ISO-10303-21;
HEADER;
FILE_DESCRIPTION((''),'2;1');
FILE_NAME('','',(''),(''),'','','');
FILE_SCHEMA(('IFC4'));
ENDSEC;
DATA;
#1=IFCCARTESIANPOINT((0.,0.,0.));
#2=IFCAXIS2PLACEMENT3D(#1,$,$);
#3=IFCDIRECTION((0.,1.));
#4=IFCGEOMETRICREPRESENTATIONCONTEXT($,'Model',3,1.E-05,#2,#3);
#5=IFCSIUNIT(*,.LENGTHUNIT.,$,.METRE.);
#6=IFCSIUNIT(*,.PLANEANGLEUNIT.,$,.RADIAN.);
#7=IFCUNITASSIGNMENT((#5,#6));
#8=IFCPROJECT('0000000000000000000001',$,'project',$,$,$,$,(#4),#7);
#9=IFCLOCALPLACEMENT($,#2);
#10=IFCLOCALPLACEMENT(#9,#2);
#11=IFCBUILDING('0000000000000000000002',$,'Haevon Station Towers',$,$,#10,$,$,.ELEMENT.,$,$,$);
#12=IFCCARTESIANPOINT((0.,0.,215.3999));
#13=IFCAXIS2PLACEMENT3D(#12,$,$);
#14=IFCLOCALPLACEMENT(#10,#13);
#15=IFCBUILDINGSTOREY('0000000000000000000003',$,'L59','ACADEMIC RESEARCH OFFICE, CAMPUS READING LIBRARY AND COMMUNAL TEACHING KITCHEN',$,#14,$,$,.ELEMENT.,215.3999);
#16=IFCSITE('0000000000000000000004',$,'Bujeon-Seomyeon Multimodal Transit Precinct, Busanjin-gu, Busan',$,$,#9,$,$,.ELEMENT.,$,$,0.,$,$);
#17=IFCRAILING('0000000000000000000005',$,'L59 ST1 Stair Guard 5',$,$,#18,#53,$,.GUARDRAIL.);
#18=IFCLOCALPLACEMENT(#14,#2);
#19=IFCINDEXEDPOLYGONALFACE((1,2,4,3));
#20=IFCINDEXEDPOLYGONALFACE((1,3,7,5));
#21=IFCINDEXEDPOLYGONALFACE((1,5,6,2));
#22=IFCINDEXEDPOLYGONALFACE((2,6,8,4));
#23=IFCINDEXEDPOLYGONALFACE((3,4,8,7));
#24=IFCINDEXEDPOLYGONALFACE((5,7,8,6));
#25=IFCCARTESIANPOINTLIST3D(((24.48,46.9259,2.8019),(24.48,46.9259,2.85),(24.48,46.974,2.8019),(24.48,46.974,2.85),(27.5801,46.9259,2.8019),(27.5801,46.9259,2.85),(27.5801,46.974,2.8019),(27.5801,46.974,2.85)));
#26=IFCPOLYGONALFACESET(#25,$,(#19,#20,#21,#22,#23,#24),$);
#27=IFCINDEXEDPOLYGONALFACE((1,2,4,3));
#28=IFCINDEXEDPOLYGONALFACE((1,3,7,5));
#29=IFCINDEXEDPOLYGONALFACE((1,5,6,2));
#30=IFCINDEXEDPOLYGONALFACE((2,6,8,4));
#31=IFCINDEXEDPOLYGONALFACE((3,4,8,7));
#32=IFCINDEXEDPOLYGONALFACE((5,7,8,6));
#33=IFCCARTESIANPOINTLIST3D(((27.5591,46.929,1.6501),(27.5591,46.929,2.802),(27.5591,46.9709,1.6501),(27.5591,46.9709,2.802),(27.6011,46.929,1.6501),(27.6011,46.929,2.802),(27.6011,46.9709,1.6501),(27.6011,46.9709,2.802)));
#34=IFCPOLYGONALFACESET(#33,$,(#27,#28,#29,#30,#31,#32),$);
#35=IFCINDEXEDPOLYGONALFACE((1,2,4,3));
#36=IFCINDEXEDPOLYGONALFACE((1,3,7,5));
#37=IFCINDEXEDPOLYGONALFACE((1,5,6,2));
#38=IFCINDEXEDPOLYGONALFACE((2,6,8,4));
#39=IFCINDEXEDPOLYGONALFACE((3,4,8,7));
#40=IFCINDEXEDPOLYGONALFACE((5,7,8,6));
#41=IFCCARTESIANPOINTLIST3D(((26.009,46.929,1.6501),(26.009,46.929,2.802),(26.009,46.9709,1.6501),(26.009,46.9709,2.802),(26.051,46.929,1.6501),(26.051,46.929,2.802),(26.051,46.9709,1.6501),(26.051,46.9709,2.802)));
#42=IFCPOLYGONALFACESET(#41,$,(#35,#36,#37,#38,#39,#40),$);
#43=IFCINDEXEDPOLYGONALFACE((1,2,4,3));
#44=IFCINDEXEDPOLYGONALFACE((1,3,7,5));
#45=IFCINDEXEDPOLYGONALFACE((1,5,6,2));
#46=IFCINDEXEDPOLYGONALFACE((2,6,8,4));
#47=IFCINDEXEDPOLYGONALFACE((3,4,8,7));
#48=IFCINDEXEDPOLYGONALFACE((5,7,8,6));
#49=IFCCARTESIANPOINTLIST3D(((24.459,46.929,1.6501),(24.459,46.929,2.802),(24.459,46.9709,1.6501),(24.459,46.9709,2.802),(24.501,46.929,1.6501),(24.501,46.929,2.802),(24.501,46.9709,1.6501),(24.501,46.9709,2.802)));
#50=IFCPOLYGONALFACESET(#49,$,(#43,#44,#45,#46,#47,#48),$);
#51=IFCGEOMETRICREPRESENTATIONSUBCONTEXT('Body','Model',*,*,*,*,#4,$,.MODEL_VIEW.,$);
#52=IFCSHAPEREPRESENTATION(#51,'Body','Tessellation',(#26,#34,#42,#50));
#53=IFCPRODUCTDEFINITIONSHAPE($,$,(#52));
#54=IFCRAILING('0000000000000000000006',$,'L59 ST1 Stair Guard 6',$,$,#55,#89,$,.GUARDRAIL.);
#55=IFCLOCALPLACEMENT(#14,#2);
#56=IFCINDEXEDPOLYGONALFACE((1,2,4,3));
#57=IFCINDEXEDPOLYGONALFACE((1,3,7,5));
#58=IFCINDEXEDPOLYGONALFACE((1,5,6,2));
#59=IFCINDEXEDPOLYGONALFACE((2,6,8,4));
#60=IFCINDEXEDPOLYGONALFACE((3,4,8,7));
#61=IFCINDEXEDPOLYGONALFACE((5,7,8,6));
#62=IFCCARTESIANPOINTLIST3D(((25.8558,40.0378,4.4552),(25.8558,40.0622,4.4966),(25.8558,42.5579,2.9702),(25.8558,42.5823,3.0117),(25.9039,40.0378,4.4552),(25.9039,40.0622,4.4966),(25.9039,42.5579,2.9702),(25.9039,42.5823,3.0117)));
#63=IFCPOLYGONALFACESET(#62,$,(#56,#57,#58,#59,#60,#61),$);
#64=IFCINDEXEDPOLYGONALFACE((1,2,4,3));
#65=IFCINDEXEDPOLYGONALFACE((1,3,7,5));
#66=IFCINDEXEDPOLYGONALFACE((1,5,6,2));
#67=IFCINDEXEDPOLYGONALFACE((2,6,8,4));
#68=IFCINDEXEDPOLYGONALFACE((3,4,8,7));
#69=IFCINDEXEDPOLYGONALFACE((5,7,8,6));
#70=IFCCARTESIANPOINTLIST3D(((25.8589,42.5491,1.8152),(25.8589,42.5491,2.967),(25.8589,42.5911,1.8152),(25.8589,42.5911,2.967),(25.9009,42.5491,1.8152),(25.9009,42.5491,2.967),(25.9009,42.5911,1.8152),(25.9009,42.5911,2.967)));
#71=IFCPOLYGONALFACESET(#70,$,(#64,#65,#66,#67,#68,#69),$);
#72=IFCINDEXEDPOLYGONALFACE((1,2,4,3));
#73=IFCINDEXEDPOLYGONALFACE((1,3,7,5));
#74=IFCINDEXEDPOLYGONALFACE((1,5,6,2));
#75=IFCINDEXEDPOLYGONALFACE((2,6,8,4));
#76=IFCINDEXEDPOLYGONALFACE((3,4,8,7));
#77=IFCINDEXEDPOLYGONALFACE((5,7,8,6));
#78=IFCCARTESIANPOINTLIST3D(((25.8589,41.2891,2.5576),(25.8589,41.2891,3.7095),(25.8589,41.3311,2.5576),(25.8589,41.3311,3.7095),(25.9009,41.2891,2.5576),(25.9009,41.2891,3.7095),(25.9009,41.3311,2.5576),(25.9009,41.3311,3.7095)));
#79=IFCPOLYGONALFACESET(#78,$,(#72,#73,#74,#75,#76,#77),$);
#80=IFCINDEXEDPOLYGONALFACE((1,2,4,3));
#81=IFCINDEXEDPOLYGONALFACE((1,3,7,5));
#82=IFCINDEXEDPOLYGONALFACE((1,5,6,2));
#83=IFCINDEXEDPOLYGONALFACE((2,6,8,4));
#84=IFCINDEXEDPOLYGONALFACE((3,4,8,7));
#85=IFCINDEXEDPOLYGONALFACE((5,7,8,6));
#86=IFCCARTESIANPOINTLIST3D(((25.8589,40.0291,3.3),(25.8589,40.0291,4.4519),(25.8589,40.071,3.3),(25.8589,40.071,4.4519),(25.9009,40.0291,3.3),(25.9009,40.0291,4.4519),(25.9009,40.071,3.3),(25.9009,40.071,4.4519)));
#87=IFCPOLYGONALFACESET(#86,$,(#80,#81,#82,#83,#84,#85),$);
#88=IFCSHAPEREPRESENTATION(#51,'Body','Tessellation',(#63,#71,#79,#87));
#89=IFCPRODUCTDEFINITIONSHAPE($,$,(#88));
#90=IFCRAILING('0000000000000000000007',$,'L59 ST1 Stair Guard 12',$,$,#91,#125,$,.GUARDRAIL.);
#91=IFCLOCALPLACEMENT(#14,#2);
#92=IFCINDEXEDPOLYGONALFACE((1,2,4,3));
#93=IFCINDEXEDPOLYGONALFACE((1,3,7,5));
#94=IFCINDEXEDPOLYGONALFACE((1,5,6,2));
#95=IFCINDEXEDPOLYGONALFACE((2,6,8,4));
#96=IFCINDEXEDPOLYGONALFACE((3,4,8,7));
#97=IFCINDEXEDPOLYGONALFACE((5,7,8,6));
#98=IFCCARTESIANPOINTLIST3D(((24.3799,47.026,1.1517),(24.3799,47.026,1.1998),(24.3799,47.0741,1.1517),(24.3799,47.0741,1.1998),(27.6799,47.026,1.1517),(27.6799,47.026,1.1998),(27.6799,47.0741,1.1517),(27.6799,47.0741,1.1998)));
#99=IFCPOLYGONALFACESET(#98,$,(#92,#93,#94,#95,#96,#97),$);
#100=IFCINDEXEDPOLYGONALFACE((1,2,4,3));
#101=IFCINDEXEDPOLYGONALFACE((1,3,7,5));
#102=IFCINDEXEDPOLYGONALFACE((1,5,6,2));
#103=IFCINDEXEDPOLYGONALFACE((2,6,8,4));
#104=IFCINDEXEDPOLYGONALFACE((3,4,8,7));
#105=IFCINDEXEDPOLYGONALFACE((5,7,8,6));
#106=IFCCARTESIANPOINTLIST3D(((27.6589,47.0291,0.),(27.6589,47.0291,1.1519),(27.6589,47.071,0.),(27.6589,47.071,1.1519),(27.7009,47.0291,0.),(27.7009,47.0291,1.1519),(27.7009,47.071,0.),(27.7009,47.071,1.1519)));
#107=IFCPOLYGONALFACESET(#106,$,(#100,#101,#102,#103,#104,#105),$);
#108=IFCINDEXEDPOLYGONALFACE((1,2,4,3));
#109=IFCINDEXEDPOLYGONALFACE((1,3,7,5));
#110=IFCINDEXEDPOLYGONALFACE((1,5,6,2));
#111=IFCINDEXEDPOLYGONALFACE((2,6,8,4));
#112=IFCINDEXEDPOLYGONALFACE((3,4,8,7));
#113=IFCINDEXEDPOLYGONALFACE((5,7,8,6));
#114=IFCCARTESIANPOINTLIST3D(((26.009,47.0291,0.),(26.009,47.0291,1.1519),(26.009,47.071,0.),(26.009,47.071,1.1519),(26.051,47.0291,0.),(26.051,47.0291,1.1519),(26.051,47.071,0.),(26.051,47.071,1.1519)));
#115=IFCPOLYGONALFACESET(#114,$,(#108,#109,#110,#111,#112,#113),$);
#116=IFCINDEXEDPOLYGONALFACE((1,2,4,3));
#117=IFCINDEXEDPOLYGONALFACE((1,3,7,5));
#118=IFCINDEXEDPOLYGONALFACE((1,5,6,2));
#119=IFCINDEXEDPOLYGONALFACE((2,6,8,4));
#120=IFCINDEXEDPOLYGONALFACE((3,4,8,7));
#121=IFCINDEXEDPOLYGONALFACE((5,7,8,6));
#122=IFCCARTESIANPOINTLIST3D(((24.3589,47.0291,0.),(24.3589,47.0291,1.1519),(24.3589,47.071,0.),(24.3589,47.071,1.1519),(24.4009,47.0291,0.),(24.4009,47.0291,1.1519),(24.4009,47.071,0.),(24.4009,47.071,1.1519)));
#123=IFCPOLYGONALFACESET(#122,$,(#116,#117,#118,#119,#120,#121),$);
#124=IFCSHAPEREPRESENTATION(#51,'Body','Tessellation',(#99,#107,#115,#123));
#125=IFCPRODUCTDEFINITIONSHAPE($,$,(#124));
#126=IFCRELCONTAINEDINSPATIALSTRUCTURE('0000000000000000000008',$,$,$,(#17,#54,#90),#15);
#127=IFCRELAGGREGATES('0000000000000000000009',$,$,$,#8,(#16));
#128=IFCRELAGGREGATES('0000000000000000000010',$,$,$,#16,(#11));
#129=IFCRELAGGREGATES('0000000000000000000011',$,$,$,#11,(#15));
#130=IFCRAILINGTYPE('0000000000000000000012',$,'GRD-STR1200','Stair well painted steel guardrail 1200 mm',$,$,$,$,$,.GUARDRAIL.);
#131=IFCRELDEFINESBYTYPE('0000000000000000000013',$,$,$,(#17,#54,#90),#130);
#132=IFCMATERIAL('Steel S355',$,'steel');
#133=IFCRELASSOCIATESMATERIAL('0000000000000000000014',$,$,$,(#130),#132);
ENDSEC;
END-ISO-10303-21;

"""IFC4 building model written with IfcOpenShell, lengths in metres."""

from ifc_helpers import new_model, si_unit, direction, frame, origin, origin_2d, place, context, subcontext, project, spatial, rectangle, extrude, material, type_object, element, save


model = new_model("IFC4")

# Units and contexts
model_context = context("Model", 3, precision=1e-05, world=origin(), true_north=direction((0.0, 1.0)))
body_context = subcontext(model_context, "Body", "Model", "MODEL_VIEW")
ifc_project = project(units=[si_unit("LENGTHUNIT", "METRE"), si_unit("PLANEANGLEUNIT", "RADIAN")], contexts=[model_context])

# Site, building, storey
site_placement = place(None, origin())
site = spatial("IfcSite", under=ifc_project, at=site_placement, Name="Bujeon-Seomyeon Multimodal Transit Precinct, Busanjin-gu, Busan", CompositionType="ELEMENT", RefElevation=0.0)
building_placement = place(site_placement, origin())
building = spatial("IfcBuilding", under=site, at=building_placement, Name="Haevon Station Towers", CompositionType="ELEMENT")
storey_placement = place(building_placement, frame((0.0, 0.0, 215.3999)))
storey = spatial("IfcBuildingStorey", under=building, at=storey_placement, Name="L59", Description="ACADEMIC RESEARCH OFFICE, CAMPUS READING LIBRARY AND COMMUNAL TEACHING KITCHEN", CompositionType="ELEMENT", Elevation=215.3999)

# Shared definitions
ifc_material_1 = material(Name="Steel S355", Category="steel")

# Railings
railing_type = type_object("IfcRailingType", Name="GRD-STR1200", Description="Stair well painted steel guardrail 1200 mm", PredefinedType="GUARDRAIL", material=ifc_material_1)
railing_1_placement = place(storey_placement, frame((27.5801, 46.95, 1.6501)))
element("IfcRailing", 1, at=railing_1_placement, inside=storey, type_object=railing_type, Name="L59 ST1 Stair Guard 5", PredefinedType="GUARDRAIL", context=body_context, shape_type="SweptSolid", body=[
    extrude(rectangle(XDim=0.0481, YDim=0.0481, at=origin_2d()), frame((0.0, 0.0, 1.1758), z_axis=(-1.0, 0.0, 0.0), x_axis=(0.0, -1.0, 0.0)), (0.0, 0.0, 1.0), 3.1001),
    extrude(rectangle(XDim=0.042, YDim=0.042, at=origin_2d()), origin(), (0.0, 0.0, 1.0), 1.1519),
    extrude(rectangle(XDim=0.042, YDim=0.042, at=origin_2d()), frame((-1.55, 0.0, 0.0)), (0.0, 0.0, 1.0), 1.1519),
    extrude(rectangle(XDim=0.042, YDim=0.042, at=origin_2d()), frame((-3.1001, 0.0, 0.0)), (0.0, 0.0, 1.0), 1.1519),
])
railing_2_placement = place(storey_placement, frame((25.8799, 42.5701, 1.8152)))
element("IfcRailing", 2, at=railing_2_placement, inside=storey, type_object=railing_type, Name="L59 ST1 Stair Guard 6", PredefinedType="GUARDRAIL", context=body_context, shape_type="SweptSolid", body=[
    extrude(rectangle(XDim=0.0481, YDim=0.0481, at=origin_2d()), frame((0.0, 0.0, 1.1758), z_axis=(0.0, -0.861561, 0.507655), x_axis=(1.0, 0.0, 0.0)), (0.0, 0.0, 1.0), 2.925),
    extrude(rectangle(XDim=0.042, YDim=0.042, at=origin_2d()), origin(), (0.0, 0.0, 1.0), 1.1519),
    extrude(rectangle(XDim=0.042, YDim=0.042, at=origin_2d()), frame((0.0, -1.26, 0.7424)), (0.0, 0.0, 1.0), 1.1519),
    extrude(rectangle(XDim=0.042, YDim=0.042, at=origin_2d()), frame((0.0, -2.52, 1.4849)), (0.0, 0.0, 1.0), 1.1519),
])
railing_3_placement = place(storey_placement, frame((27.6799, 47.05, 0.0)))
element("IfcRailing", 3, at=railing_3_placement, inside=storey, type_object=railing_type, Name="L59 ST1 Stair Guard 12", PredefinedType="GUARDRAIL", context=body_context, shape_type="SweptSolid", body=[
    extrude(rectangle(XDim=0.0481, YDim=0.0481, at=origin_2d()), frame((0.0, 0.0, 1.1758), z_axis=(-1.0, 0.0, 0.0), x_axis=(0.0, -1.0, 0.0)), (0.0, 0.0, 1.0), 3.3),
    extrude(rectangle(XDim=0.042, YDim=0.042, at=origin_2d()), origin(), (0.0, 0.0, 1.0), 1.1519),
    extrude(rectangle(XDim=0.042, YDim=0.042, at=origin_2d()), frame((-1.6499, 0.0, 0.0)), (0.0, 0.0, 1.0), 1.1519),
    extrude(rectangle(XDim=0.042, YDim=0.042, at=origin_2d()), frame((-3.3, 0.0, 0.0)), (0.0, 0.0, 1.0), 1.1519),
])

save(model, "model.ifc")
